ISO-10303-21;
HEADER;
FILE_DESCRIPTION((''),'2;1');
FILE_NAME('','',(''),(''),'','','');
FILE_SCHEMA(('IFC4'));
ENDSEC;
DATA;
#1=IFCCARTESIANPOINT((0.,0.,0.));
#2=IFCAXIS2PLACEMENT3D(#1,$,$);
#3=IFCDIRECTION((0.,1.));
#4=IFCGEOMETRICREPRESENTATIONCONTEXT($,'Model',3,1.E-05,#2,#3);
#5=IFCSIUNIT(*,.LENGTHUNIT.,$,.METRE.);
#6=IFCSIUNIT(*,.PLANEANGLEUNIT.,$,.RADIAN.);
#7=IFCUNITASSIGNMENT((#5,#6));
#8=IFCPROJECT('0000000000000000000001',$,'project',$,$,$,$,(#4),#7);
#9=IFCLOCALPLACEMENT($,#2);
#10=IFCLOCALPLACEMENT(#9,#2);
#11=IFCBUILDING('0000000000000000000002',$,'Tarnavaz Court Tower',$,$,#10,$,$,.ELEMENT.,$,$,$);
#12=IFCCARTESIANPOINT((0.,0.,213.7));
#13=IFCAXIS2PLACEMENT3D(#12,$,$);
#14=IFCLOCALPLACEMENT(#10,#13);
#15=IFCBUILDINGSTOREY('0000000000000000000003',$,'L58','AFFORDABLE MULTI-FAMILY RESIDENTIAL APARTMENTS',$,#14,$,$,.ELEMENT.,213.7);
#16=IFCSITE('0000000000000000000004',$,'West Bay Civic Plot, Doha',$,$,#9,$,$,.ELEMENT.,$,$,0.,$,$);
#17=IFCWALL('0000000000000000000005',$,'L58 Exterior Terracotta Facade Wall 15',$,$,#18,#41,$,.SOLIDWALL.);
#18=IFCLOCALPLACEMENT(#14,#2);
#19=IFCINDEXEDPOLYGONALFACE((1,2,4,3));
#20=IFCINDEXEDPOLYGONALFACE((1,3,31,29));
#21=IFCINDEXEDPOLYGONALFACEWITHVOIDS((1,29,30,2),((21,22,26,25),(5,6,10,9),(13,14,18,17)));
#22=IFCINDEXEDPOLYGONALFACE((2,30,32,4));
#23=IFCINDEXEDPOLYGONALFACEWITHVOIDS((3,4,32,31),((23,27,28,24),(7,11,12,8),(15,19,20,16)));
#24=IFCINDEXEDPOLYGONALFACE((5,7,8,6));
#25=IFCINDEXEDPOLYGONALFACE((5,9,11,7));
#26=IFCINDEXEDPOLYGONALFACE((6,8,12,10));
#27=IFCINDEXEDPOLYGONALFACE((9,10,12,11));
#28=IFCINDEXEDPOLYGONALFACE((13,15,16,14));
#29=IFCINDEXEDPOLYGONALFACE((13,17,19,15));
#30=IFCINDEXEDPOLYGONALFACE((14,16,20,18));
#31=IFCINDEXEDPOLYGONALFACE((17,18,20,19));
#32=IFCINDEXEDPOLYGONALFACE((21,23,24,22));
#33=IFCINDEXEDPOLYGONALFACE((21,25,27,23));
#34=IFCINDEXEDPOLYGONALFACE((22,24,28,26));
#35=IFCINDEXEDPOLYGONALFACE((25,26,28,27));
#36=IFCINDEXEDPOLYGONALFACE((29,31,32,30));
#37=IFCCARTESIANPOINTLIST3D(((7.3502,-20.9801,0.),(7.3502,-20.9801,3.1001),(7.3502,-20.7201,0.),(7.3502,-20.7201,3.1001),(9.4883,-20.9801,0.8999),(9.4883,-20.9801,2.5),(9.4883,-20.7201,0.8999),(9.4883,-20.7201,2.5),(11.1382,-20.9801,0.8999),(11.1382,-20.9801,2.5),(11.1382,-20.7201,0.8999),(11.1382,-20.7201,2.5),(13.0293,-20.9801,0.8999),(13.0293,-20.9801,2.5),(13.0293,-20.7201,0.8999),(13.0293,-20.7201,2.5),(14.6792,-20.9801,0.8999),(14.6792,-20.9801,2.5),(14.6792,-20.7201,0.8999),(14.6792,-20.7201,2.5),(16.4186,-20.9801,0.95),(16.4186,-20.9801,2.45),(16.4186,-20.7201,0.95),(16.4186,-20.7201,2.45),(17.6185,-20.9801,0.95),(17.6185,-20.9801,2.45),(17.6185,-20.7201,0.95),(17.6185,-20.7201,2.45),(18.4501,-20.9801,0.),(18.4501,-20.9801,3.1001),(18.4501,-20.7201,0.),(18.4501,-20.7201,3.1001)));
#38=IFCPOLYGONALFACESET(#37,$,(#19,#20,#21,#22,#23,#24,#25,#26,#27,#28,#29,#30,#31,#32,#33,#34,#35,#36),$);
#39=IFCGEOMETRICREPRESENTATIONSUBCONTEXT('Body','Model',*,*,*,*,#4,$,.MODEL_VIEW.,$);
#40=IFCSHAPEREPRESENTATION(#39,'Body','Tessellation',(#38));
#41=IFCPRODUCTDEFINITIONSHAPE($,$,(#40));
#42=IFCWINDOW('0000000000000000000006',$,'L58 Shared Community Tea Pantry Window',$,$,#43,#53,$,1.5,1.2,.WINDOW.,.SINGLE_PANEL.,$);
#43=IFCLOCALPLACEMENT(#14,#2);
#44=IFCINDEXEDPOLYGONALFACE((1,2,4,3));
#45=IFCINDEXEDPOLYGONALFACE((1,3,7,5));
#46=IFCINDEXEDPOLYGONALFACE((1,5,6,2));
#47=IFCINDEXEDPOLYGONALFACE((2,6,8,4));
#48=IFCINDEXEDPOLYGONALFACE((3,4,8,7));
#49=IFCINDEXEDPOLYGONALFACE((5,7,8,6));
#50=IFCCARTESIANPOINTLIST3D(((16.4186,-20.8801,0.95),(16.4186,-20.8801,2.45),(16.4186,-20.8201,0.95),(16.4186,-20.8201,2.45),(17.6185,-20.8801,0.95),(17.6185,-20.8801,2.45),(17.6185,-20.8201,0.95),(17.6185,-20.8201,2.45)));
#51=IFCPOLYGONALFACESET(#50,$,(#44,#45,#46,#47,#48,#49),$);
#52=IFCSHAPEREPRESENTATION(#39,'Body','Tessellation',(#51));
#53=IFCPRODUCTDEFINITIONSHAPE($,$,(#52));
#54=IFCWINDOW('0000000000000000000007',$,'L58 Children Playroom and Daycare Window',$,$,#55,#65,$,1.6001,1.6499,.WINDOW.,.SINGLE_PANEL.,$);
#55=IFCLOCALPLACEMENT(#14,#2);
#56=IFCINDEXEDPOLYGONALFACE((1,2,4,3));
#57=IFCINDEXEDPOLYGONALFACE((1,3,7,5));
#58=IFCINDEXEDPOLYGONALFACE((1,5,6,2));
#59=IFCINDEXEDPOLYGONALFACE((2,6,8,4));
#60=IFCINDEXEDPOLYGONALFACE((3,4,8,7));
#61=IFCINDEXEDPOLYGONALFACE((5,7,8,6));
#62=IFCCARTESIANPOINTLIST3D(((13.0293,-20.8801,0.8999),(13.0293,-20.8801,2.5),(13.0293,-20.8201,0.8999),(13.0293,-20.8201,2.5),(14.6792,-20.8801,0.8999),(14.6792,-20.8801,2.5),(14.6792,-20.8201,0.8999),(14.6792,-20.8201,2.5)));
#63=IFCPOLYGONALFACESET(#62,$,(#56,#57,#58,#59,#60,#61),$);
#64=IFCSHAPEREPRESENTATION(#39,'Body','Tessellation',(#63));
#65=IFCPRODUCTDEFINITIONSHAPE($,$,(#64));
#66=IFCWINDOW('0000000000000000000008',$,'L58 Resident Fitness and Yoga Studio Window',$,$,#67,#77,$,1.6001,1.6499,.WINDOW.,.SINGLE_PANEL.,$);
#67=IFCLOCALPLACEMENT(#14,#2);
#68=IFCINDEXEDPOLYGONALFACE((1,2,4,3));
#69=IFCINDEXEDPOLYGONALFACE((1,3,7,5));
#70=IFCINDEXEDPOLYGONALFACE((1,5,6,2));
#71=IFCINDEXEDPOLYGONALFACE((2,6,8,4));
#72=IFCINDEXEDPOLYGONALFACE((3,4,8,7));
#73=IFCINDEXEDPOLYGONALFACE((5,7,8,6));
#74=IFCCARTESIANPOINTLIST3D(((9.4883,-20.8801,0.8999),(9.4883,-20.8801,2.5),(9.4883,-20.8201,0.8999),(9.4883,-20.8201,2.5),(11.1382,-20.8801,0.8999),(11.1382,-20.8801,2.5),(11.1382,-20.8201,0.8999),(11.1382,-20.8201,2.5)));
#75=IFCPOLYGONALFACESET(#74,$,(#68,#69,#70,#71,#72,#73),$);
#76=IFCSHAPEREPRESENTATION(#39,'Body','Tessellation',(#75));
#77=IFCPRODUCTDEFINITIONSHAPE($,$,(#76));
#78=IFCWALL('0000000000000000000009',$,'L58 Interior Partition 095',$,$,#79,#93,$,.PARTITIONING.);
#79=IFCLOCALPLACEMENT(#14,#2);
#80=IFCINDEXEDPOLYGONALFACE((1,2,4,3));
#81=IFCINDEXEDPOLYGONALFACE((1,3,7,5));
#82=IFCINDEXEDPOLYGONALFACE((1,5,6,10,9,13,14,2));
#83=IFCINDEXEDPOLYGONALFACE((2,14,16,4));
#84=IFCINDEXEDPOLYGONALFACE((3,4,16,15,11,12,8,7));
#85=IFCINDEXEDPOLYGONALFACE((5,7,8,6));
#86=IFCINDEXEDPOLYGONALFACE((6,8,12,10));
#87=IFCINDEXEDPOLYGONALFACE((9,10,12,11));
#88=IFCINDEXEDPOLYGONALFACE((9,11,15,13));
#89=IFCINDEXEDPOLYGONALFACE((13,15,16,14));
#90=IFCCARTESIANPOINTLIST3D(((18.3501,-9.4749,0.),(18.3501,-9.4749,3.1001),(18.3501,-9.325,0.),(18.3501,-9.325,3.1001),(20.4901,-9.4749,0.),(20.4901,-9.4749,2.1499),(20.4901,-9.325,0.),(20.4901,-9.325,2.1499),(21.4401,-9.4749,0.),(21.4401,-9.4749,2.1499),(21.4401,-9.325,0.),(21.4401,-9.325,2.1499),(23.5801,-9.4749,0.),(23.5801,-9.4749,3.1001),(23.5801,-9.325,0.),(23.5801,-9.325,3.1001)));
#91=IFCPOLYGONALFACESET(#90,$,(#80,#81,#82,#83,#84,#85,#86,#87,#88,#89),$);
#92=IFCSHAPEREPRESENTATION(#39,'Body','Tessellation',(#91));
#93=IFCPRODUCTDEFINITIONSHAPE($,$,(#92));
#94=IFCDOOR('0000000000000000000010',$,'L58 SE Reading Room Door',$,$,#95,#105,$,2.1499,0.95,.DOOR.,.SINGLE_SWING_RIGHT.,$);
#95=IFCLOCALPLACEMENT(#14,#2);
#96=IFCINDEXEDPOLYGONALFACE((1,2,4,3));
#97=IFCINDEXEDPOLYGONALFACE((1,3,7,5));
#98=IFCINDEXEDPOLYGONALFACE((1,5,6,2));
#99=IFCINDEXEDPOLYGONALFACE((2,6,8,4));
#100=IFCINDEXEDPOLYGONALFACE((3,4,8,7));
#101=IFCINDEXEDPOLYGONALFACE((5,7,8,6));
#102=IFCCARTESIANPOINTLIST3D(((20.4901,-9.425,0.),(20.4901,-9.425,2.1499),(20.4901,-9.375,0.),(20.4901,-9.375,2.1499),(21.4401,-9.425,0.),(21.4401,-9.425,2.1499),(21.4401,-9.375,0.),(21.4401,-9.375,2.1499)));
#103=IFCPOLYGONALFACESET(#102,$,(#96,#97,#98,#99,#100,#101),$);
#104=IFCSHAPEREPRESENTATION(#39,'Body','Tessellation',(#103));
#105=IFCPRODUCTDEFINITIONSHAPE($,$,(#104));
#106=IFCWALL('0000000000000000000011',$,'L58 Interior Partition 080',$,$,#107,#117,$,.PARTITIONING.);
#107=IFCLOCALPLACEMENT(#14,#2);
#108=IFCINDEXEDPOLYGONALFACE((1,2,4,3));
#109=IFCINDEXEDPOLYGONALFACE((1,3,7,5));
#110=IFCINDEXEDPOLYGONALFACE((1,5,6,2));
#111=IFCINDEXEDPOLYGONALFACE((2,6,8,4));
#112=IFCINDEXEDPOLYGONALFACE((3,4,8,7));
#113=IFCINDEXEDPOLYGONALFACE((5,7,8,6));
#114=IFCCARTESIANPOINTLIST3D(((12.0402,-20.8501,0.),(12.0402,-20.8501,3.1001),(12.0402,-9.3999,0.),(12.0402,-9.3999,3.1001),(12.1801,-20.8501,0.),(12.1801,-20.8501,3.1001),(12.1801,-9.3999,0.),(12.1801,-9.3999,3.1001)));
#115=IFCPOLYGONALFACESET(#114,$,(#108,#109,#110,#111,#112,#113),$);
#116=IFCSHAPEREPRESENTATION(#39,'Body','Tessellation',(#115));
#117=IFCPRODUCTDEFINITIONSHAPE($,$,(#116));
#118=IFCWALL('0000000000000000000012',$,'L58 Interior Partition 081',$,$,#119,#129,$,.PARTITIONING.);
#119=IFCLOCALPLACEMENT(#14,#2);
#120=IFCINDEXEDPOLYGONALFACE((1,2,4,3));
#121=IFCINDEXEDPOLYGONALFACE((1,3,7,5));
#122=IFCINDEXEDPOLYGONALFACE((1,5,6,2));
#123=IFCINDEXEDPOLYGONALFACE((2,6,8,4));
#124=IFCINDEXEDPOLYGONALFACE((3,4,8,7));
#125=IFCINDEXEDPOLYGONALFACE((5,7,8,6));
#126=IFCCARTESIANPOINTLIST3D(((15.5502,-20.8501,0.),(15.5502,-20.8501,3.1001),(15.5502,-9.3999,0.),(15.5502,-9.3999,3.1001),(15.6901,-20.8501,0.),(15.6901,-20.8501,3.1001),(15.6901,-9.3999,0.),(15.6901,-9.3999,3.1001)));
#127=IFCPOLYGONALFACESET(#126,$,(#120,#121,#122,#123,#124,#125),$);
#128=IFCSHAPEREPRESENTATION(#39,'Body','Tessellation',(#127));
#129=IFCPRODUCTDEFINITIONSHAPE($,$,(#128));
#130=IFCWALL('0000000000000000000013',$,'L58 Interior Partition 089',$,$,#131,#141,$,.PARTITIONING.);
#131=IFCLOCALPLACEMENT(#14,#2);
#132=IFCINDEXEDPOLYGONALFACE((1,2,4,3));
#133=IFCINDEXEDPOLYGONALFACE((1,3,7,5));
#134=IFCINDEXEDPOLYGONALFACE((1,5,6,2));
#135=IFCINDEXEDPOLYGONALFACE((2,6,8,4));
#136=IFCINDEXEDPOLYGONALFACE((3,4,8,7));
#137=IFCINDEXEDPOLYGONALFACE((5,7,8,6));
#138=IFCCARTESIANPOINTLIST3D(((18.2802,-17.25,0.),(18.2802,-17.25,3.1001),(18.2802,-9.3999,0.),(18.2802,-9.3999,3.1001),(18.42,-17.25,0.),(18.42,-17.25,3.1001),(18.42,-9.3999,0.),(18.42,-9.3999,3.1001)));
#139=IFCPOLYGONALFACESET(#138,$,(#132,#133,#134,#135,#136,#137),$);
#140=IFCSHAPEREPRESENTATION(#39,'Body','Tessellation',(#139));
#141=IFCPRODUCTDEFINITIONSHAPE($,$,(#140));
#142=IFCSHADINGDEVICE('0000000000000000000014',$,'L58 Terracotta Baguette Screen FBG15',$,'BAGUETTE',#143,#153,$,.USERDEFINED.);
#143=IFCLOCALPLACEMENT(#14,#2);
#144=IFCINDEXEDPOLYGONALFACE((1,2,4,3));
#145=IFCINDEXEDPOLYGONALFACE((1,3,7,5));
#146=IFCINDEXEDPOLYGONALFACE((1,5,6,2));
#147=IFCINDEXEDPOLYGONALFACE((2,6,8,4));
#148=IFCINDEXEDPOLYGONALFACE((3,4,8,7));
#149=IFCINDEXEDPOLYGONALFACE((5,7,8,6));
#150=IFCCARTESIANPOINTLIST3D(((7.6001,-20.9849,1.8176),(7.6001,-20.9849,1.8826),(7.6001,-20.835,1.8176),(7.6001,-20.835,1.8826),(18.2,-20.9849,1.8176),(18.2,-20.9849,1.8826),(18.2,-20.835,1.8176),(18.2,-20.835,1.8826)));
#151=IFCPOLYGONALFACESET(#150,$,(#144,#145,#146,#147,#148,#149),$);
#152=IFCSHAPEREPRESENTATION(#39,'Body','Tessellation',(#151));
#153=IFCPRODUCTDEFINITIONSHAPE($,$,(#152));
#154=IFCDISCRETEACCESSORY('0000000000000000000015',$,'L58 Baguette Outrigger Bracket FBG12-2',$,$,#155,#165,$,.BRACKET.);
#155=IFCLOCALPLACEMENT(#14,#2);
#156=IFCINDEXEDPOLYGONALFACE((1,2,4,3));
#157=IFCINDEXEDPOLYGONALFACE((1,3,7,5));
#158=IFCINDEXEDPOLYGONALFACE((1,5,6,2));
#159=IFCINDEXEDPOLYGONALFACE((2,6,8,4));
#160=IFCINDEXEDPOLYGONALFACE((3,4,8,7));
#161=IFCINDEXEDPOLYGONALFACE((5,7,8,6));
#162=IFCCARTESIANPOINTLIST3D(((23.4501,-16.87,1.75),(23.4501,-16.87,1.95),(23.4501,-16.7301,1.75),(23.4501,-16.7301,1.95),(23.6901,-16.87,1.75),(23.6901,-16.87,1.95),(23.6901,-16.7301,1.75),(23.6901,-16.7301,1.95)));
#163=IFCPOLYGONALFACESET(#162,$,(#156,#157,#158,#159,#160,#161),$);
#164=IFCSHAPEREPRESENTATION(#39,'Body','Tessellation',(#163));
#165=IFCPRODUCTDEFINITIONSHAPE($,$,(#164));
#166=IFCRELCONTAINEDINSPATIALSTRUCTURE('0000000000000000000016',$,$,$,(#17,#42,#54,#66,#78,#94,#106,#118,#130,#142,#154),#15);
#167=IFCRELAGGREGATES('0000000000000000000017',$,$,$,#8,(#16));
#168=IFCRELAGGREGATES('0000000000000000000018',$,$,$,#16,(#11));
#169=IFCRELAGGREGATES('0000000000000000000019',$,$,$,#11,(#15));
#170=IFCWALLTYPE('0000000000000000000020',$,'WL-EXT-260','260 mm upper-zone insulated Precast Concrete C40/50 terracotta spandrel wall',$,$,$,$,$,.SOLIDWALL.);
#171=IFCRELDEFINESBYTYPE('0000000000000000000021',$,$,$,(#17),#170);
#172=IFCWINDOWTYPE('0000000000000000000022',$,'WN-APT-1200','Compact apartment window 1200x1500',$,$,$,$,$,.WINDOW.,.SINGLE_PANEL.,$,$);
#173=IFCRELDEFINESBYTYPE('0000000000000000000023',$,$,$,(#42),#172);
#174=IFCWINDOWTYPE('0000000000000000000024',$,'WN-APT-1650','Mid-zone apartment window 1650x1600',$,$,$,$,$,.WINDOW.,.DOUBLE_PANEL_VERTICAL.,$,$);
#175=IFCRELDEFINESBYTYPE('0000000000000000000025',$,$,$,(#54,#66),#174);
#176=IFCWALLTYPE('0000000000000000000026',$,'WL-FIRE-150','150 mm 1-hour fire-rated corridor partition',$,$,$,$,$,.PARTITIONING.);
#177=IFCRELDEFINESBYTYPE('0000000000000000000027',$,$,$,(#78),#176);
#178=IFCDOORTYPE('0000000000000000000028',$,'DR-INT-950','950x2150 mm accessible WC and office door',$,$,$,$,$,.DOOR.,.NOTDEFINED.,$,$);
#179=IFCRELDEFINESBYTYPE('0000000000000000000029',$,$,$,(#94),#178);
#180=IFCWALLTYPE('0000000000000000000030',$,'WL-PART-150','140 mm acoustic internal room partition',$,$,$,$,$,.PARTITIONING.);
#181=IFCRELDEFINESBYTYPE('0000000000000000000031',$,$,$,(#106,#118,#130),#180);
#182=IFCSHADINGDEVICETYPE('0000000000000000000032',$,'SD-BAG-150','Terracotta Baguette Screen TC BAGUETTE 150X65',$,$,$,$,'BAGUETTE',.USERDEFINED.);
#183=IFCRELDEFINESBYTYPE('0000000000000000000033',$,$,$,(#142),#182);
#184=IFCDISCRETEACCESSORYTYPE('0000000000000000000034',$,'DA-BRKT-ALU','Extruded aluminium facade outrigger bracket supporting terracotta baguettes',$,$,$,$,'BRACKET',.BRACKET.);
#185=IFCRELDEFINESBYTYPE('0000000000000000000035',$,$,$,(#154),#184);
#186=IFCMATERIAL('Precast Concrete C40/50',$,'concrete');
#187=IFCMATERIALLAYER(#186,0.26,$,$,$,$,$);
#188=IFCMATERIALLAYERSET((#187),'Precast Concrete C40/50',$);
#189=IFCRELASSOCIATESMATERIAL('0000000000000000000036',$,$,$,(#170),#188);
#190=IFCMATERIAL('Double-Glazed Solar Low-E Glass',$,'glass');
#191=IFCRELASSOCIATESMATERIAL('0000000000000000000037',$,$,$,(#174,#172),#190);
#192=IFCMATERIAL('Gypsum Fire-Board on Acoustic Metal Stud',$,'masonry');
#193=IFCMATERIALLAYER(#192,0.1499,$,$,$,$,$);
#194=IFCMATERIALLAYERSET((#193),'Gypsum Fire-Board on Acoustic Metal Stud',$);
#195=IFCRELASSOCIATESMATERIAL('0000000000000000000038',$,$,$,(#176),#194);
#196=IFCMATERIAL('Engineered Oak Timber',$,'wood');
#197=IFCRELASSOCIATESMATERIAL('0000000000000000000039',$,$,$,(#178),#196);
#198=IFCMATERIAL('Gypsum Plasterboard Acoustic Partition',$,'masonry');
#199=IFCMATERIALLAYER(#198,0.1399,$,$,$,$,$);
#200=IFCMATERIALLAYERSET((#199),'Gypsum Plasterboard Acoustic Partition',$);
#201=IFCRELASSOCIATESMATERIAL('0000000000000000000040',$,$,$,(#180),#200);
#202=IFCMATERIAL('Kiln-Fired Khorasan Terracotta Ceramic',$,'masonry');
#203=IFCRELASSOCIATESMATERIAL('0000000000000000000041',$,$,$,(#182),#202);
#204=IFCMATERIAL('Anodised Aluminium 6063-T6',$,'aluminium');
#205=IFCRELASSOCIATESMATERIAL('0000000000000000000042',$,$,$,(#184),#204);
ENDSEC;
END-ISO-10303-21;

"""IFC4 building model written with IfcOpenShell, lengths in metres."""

from ifc_helpers import new_model, si_unit, direction, frame, frame_2d, origin, origin_2d, place, context, subcontext, project, spatial, rectangle, extrude, material, layer, layer_set, material_profile, profile_set, type_object, element, fill, save


model = new_model("IFC4")

# Units and contexts
model_context = context("Model", 3, precision=1e-05, world=origin(), true_north=direction((0.0, 1.0)))
body_context = subcontext(model_context, "Body", "Model", "MODEL_VIEW")
ifc_project = project(units=[si_unit("LENGTHUNIT", "METRE"), si_unit("PLANEANGLEUNIT", "RADIAN")], contexts=[model_context])

# Site, building, storey
site_placement = place(None, origin())
site = spatial("IfcSite", under=ifc_project, at=site_placement, Name="West Bay Civic Plot, Doha", CompositionType="ELEMENT", RefElevation=0.0)
building_placement = place(site_placement, origin())
building = spatial("IfcBuilding", under=site, at=building_placement, Name="Tarnavaz Court Tower", CompositionType="ELEMENT")
storey_placement = place(building_placement, frame((0.0, 0.0, 213.7)))
storey = spatial("IfcBuildingStorey", under=building, at=storey_placement, Name="L58", Description="AFFORDABLE MULTI-FAMILY RESIDENTIAL APARTMENTS", CompositionType="ELEMENT", Elevation=213.7)

# Shared definitions
ifc_material_1 = material(Name="Precast Concrete C40/50", Category="concrete")
ifc_layer_1 = layer(ifc_material_1, 0.26)
ifc_layer_set_1 = layer_set([ifc_layer_1], Name="Precast Concrete C40/50")
wall_type_1 = type_object("IfcWallType", Name="WL-EXT-260", Description="260 mm upper-zone insulated Precast Concrete C40/50 terracotta spandrel wall", PredefinedType="SOLIDWALL", material=ifc_layer_set_1)
ifc_material_2 = material(Name="Double-Glazed Solar Low-E Glass", Category="glass")
window_type_1 = type_object("IfcWindowType", Name="WN-APT-1650", Description="Mid-zone apartment window 1650x1600", PartitioningType="DOUBLE_PANEL_VERTICAL", PredefinedType="WINDOW", material=ifc_material_2)

# Wall, openings, windows
wall_1_placement = place(storey_placement, frame((18.45, -20.8501, 0.0), z_axis=(0.0, 0.0, 1.0), x_axis=(-1.0, 0.0, 0.0)))
wall_1 = element("IfcWall", 1, at=wall_1_placement, inside=storey, type_object=wall_type_1, Name="L58 Exterior Terracotta Facade Wall 15", PredefinedType="SOLIDWALL", context=body_context, shape_type="SweptSolid", body=[
    extrude(rectangle(XDim=11.0999, YDim=0.26, at=frame_2d((5.5498, 0.0))), origin(), (0.0, 0.0, 1.0), 3.1001),
])
opening_1_placement = place(wall_1_placement, frame((0.8313, 0.0, 0.95)))
opening_1 = element("IfcOpeningElement", 2, at=opening_1_placement, cuts=wall_1, PredefinedType="OPENING", context=body_context, shape_type="SweptSolid", body=[
    extrude(rectangle(XDim=1.2, YDim=1.5, at=frame_2d((0.6001, 0.75))), frame((0.0, 0.1399, 0.0), z_axis=(0.0, -1.0, 0.0), x_axis=(1.0, 0.0, 0.0)), (0.0, 0.0, 1.0), 0.28),
])
opening_2_placement = place(wall_1_placement, frame((3.7708, 0.0, 0.8999)))
opening_2 = element("IfcOpeningElement", 3, at=opening_2_placement, cuts=wall_1, PredefinedType="OPENING", context=body_context, shape_type="SweptSolid", body=[
    extrude(rectangle(XDim=1.6499, YDim=1.6001, at=frame_2d((0.825, 0.8))), frame((0.0, 0.1399, 0.0), z_axis=(0.0, -1.0, 0.0), x_axis=(1.0, 0.0, 0.0)), (0.0, 0.0, 1.0), 0.28),
])
opening_3_placement = place(wall_1_placement, frame((7.3118, 0.0, 0.8999)))
opening_3 = element("IfcOpeningElement", 4, at=opening_3_placement, cuts=wall_1, PredefinedType="OPENING", context=body_context, shape_type="SweptSolid", body=[
    extrude(rectangle(XDim=1.6499, YDim=1.6001, at=frame_2d((0.825, 0.8))), frame((0.0, 0.1399, 0.0), z_axis=(0.0, -1.0, 0.0), x_axis=(1.0, 0.0, 0.0)), (0.0, 0.0, 1.0), 0.28),
])
window_type_2 = type_object("IfcWindowType", Name="WN-APT-1200", Description="Compact apartment window 1200x1500", PartitioningType="SINGLE_PANEL", PredefinedType="WINDOW", material=ifc_material_2)
window_1_placement = place(opening_1_placement, origin())
window_1 = element("IfcWindow", 5, at=window_1_placement, inside=storey, type_object=window_type_2, Name="L58 Shared Community Tea Pantry Window", OverallHeight=1.5, OverallWidth=1.2, PartitioningType="SINGLE_PANEL", PredefinedType="WINDOW", context=body_context, shape_type="SweptSolid", body=[
    extrude(rectangle(XDim=1.2, YDim=1.5, at=frame_2d((0.6001, 0.75))), frame((0.0, 0.03, 0.0), z_axis=(0.0, -1.0, 0.0), x_axis=(1.0, 0.0, 0.0)), (0.0, 0.0, 1.0), 0.0601),
])
fill(opening_1, window_1)
window_2_placement = place(opening_2_placement, origin())
window_2 = element("IfcWindow", 6, at=window_2_placement, inside=storey, type_object=window_type_1, Name="L58 Children Playroom and Daycare Window", OverallHeight=1.6001, OverallWidth=1.6499, PartitioningType="SINGLE_PANEL", PredefinedType="WINDOW", context=body_context, shape_type="SweptSolid", body=[
    extrude(rectangle(XDim=1.6499, YDim=1.6001, at=frame_2d((0.825, 0.8))), frame((0.0, 0.03, 0.0), z_axis=(0.0, -1.0, 0.0), x_axis=(1.0, 0.0, 0.0)), (0.0, 0.0, 1.0), 0.0601),
])
fill(opening_2, window_2)
window_3_placement = place(opening_3_placement, origin())
window_3 = element("IfcWindow", 7, at=window_3_placement, inside=storey, type_object=window_type_1, Name="L58 Resident Fitness and Yoga Studio Window", OverallHeight=1.6001, OverallWidth=1.6499, PartitioningType="SINGLE_PANEL", PredefinedType="WINDOW", context=body_context, shape_type="SweptSolid", body=[
    extrude(rectangle(XDim=1.6499, YDim=1.6001, at=frame_2d((0.825, 0.8))), frame((0.0, 0.03, 0.0), z_axis=(0.0, -1.0, 0.0), x_axis=(1.0, 0.0, 0.0)), (0.0, 0.0, 1.0), 0.0601),
])
fill(opening_3, window_3)

# Wall, opening, door
ifc_material_3 = material(Name="Gypsum Fire-Board on Acoustic Metal Stud", Category="masonry")
ifc_layer_2 = layer(ifc_material_3, 0.1499)
ifc_layer_set_2 = layer_set([ifc_layer_2], Name="Gypsum Fire-Board on Acoustic Metal Stud")
wall_type_2 = type_object("IfcWallType", Name="WL-FIRE-150", Description="150 mm 1-hour fire-rated corridor partition", PredefinedType="PARTITIONING", material=ifc_layer_set_2)
ifc_material_4 = material(Name="Engineered Oak Timber", Category="wood")
wall_2_placement = place(storey_placement, frame((18.3501, -9.3999, 0.0), z_axis=(0.0, 0.0, 1.0), x_axis=(1.0, 0.0, 0.0)))
wall_2 = element("IfcWall", 8, at=wall_2_placement, inside=storey, type_object=wall_type_2, Name="L58 Interior Partition 095", PredefinedType="PARTITIONING", context=body_context, shape_type="SweptSolid", body=[
    extrude(rectangle(XDim=5.23, YDim=0.1499, at=frame_2d((2.615, 0.0))), origin(), (0.0, 0.0, 1.0), 3.1001),
])
opening_4_placement = place(wall_2_placement, frame((2.1399, 0.0, 0.0)))
opening_4 = element("IfcOpeningElement", 9, at=opening_4_placement, cuts=wall_2, PredefinedType="OPENING", context=body_context, shape_type="SweptSolid", body=[
    extrude(rectangle(XDim=0.95, YDim=2.1499, at=frame_2d((0.4751, 1.075))), frame((0.0, 0.085, 0.0), z_axis=(0.0, -1.0, 0.0), x_axis=(1.0, 0.0, 0.0)), (0.0, 0.0, 1.0), 0.1699),
])
door_type_1 = type_object("IfcDoorType", Name="DR-INT-950", Description="950x2150 mm accessible WC and office door", OperationType="NOTDEFINED", PredefinedType="DOOR", material=ifc_material_4)
door_1_placement = place(opening_4_placement, origin())
door_1 = element("IfcDoor", 10, at=door_1_placement, inside=storey, type_object=door_type_1, Name="L58 SE Reading Room Door", OperationType="SINGLE_SWING_RIGHT", OverallHeight=2.1499, OverallWidth=0.95, PredefinedType="DOOR", context=body_context, shape_type="SweptSolid", body=[
    extrude(rectangle(XDim=0.95, YDim=2.1499, at=frame_2d((0.4751, 1.075))), frame((0.0, 0.0249, 0.0), z_axis=(0.0, -1.0, 0.0), x_axis=(1.0, 0.0, 0.0)), (0.0, 0.0, 1.0), 0.05),
])
fill(opening_4, door_1)

# Walls
ifc_material_5 = material(Name="Gypsum Plasterboard Acoustic Partition", Category="masonry")
ifc_layer_3 = layer(ifc_material_5, 0.1399)
ifc_layer_set_3 = layer_set([ifc_layer_3], Name="Gypsum Plasterboard Acoustic Partition")
wall_type_3 = type_object("IfcWallType", Name="WL-PART-150", Description="140 mm acoustic internal room partition", PredefinedType="PARTITIONING", material=ifc_layer_set_3)
for number, where, z_axis, x_axis, name in (
    (11, (12.1101, -20.8501, 0.0), (0.0, 0.0, 1.0), (0.0, 1.0, 0.0), "L58 Interior Partition 080"),
    (12, (15.6201, -20.8501, 0.0), (0.0, 0.0, 1.0), (0.0, 1.0, 0.0), "L58 Interior Partition 081"),
):
    element("IfcWall", number, at=place(storey_placement, frame(where, z_axis=z_axis, x_axis=x_axis)), inside=storey, type_object=wall_type_3, Name=name, PredefinedType="PARTITIONING", context=body_context, shape_type="SweptSolid", body=[
        extrude(rectangle(XDim=11.4502, YDim=0.1399, at=frame_2d((5.7251, 0.0))), origin(), (0.0, 0.0, 1.0), 3.1001),
    ])
wall_3_placement = place(storey_placement, frame((18.3501, -17.25, 0.0), z_axis=(0.0, 0.0, 1.0), x_axis=(0.0, 1.0, 0.0)))
element("IfcWall", 13, at=wall_3_placement, inside=storey, type_object=wall_type_3, Name="L58 Interior Partition 089", PredefinedType="PARTITIONING", context=body_context, shape_type="SweptSolid", body=[
    extrude(rectangle(XDim=7.8501, YDim=0.1399, at=frame_2d((3.925, 0.0))), origin(), (0.0, 0.0, 1.0), 3.1001),
])

# Shading device
ifc_material_6 = material(Name="Kiln-Fired Khorasan Terracotta Ceramic", Category="masonry")
ifc_material_profile_1 = material_profile(ifc_material_6, rectangle(XDim=0.1499, YDim=0.0649, at=origin_2d()), Name="TC BAGUETTE 150X65")
ifc_profile_set_1 = profile_set([ifc_material_profile_1], Name="Kiln-Fired Khorasan Terracotta Ceramic")
shading_device_type = type_object("IfcShadingDeviceType", Name="SD-BAG-150", Description="Terracotta Baguette Screen TC BAGUETTE 150X65", ElementType="BAGUETTE", PredefinedType="USERDEFINED", material=ifc_profile_set_1)
shading_device_placement = place(storey_placement, frame((18.2, -20.9099, 1.8501), z_axis=(-1.0, 0.0, 0.0), x_axis=(0.0, -1.0, 0.0)))
element("IfcShadingDevice", 14, at=shading_device_placement, inside=storey, type_object=shading_device_type, Name="L58 Terracotta Baguette Screen FBG15", ObjectType="BAGUETTE", PredefinedType="USERDEFINED", context=body_context, shape_type="SweptSolid", body=[
    extrude(rectangle(XDim=0.1499, YDim=0.0649, at=origin_2d()), origin(), (0.0, 0.0, 1.0), 10.5999),
])

# Discrete accessory
ifc_material_7 = material(Name="Anodised Aluminium 6063-T6", Category="aluminium")
discrete_accessory_type = type_object("IfcDiscreteAccessoryType", Name="DA-BRKT-ALU", Description="Extruded aluminium facade outrigger bracket supporting terracotta baguettes", ElementType="BRACKET", PredefinedType="BRACKET", material=ifc_material_7)
for number, where, z_axis, x_axis, name in (
    (15, (23.5701, -16.8, 1.75), (0.0, 0.0, 1.0), (0.0, -1.0, 0.0), "L58 Baguette Outrigger Bracket FBG12-2"),
):
    element("IfcDiscreteAccessory", number, at=place(storey_placement, frame(where, z_axis=z_axis, x_axis=x_axis)), inside=storey, type_object=discrete_accessory_type, Name=name, PredefinedType="BRACKET", context=body_context, shape_type="SweptSolid", body=[
        extrude(rectangle(XDim=0.1399, YDim=0.24, at=origin_2d()), origin(), (0.0, 0.0, 1.0), 0.2),
    ])

save(model, "model.ifc")
